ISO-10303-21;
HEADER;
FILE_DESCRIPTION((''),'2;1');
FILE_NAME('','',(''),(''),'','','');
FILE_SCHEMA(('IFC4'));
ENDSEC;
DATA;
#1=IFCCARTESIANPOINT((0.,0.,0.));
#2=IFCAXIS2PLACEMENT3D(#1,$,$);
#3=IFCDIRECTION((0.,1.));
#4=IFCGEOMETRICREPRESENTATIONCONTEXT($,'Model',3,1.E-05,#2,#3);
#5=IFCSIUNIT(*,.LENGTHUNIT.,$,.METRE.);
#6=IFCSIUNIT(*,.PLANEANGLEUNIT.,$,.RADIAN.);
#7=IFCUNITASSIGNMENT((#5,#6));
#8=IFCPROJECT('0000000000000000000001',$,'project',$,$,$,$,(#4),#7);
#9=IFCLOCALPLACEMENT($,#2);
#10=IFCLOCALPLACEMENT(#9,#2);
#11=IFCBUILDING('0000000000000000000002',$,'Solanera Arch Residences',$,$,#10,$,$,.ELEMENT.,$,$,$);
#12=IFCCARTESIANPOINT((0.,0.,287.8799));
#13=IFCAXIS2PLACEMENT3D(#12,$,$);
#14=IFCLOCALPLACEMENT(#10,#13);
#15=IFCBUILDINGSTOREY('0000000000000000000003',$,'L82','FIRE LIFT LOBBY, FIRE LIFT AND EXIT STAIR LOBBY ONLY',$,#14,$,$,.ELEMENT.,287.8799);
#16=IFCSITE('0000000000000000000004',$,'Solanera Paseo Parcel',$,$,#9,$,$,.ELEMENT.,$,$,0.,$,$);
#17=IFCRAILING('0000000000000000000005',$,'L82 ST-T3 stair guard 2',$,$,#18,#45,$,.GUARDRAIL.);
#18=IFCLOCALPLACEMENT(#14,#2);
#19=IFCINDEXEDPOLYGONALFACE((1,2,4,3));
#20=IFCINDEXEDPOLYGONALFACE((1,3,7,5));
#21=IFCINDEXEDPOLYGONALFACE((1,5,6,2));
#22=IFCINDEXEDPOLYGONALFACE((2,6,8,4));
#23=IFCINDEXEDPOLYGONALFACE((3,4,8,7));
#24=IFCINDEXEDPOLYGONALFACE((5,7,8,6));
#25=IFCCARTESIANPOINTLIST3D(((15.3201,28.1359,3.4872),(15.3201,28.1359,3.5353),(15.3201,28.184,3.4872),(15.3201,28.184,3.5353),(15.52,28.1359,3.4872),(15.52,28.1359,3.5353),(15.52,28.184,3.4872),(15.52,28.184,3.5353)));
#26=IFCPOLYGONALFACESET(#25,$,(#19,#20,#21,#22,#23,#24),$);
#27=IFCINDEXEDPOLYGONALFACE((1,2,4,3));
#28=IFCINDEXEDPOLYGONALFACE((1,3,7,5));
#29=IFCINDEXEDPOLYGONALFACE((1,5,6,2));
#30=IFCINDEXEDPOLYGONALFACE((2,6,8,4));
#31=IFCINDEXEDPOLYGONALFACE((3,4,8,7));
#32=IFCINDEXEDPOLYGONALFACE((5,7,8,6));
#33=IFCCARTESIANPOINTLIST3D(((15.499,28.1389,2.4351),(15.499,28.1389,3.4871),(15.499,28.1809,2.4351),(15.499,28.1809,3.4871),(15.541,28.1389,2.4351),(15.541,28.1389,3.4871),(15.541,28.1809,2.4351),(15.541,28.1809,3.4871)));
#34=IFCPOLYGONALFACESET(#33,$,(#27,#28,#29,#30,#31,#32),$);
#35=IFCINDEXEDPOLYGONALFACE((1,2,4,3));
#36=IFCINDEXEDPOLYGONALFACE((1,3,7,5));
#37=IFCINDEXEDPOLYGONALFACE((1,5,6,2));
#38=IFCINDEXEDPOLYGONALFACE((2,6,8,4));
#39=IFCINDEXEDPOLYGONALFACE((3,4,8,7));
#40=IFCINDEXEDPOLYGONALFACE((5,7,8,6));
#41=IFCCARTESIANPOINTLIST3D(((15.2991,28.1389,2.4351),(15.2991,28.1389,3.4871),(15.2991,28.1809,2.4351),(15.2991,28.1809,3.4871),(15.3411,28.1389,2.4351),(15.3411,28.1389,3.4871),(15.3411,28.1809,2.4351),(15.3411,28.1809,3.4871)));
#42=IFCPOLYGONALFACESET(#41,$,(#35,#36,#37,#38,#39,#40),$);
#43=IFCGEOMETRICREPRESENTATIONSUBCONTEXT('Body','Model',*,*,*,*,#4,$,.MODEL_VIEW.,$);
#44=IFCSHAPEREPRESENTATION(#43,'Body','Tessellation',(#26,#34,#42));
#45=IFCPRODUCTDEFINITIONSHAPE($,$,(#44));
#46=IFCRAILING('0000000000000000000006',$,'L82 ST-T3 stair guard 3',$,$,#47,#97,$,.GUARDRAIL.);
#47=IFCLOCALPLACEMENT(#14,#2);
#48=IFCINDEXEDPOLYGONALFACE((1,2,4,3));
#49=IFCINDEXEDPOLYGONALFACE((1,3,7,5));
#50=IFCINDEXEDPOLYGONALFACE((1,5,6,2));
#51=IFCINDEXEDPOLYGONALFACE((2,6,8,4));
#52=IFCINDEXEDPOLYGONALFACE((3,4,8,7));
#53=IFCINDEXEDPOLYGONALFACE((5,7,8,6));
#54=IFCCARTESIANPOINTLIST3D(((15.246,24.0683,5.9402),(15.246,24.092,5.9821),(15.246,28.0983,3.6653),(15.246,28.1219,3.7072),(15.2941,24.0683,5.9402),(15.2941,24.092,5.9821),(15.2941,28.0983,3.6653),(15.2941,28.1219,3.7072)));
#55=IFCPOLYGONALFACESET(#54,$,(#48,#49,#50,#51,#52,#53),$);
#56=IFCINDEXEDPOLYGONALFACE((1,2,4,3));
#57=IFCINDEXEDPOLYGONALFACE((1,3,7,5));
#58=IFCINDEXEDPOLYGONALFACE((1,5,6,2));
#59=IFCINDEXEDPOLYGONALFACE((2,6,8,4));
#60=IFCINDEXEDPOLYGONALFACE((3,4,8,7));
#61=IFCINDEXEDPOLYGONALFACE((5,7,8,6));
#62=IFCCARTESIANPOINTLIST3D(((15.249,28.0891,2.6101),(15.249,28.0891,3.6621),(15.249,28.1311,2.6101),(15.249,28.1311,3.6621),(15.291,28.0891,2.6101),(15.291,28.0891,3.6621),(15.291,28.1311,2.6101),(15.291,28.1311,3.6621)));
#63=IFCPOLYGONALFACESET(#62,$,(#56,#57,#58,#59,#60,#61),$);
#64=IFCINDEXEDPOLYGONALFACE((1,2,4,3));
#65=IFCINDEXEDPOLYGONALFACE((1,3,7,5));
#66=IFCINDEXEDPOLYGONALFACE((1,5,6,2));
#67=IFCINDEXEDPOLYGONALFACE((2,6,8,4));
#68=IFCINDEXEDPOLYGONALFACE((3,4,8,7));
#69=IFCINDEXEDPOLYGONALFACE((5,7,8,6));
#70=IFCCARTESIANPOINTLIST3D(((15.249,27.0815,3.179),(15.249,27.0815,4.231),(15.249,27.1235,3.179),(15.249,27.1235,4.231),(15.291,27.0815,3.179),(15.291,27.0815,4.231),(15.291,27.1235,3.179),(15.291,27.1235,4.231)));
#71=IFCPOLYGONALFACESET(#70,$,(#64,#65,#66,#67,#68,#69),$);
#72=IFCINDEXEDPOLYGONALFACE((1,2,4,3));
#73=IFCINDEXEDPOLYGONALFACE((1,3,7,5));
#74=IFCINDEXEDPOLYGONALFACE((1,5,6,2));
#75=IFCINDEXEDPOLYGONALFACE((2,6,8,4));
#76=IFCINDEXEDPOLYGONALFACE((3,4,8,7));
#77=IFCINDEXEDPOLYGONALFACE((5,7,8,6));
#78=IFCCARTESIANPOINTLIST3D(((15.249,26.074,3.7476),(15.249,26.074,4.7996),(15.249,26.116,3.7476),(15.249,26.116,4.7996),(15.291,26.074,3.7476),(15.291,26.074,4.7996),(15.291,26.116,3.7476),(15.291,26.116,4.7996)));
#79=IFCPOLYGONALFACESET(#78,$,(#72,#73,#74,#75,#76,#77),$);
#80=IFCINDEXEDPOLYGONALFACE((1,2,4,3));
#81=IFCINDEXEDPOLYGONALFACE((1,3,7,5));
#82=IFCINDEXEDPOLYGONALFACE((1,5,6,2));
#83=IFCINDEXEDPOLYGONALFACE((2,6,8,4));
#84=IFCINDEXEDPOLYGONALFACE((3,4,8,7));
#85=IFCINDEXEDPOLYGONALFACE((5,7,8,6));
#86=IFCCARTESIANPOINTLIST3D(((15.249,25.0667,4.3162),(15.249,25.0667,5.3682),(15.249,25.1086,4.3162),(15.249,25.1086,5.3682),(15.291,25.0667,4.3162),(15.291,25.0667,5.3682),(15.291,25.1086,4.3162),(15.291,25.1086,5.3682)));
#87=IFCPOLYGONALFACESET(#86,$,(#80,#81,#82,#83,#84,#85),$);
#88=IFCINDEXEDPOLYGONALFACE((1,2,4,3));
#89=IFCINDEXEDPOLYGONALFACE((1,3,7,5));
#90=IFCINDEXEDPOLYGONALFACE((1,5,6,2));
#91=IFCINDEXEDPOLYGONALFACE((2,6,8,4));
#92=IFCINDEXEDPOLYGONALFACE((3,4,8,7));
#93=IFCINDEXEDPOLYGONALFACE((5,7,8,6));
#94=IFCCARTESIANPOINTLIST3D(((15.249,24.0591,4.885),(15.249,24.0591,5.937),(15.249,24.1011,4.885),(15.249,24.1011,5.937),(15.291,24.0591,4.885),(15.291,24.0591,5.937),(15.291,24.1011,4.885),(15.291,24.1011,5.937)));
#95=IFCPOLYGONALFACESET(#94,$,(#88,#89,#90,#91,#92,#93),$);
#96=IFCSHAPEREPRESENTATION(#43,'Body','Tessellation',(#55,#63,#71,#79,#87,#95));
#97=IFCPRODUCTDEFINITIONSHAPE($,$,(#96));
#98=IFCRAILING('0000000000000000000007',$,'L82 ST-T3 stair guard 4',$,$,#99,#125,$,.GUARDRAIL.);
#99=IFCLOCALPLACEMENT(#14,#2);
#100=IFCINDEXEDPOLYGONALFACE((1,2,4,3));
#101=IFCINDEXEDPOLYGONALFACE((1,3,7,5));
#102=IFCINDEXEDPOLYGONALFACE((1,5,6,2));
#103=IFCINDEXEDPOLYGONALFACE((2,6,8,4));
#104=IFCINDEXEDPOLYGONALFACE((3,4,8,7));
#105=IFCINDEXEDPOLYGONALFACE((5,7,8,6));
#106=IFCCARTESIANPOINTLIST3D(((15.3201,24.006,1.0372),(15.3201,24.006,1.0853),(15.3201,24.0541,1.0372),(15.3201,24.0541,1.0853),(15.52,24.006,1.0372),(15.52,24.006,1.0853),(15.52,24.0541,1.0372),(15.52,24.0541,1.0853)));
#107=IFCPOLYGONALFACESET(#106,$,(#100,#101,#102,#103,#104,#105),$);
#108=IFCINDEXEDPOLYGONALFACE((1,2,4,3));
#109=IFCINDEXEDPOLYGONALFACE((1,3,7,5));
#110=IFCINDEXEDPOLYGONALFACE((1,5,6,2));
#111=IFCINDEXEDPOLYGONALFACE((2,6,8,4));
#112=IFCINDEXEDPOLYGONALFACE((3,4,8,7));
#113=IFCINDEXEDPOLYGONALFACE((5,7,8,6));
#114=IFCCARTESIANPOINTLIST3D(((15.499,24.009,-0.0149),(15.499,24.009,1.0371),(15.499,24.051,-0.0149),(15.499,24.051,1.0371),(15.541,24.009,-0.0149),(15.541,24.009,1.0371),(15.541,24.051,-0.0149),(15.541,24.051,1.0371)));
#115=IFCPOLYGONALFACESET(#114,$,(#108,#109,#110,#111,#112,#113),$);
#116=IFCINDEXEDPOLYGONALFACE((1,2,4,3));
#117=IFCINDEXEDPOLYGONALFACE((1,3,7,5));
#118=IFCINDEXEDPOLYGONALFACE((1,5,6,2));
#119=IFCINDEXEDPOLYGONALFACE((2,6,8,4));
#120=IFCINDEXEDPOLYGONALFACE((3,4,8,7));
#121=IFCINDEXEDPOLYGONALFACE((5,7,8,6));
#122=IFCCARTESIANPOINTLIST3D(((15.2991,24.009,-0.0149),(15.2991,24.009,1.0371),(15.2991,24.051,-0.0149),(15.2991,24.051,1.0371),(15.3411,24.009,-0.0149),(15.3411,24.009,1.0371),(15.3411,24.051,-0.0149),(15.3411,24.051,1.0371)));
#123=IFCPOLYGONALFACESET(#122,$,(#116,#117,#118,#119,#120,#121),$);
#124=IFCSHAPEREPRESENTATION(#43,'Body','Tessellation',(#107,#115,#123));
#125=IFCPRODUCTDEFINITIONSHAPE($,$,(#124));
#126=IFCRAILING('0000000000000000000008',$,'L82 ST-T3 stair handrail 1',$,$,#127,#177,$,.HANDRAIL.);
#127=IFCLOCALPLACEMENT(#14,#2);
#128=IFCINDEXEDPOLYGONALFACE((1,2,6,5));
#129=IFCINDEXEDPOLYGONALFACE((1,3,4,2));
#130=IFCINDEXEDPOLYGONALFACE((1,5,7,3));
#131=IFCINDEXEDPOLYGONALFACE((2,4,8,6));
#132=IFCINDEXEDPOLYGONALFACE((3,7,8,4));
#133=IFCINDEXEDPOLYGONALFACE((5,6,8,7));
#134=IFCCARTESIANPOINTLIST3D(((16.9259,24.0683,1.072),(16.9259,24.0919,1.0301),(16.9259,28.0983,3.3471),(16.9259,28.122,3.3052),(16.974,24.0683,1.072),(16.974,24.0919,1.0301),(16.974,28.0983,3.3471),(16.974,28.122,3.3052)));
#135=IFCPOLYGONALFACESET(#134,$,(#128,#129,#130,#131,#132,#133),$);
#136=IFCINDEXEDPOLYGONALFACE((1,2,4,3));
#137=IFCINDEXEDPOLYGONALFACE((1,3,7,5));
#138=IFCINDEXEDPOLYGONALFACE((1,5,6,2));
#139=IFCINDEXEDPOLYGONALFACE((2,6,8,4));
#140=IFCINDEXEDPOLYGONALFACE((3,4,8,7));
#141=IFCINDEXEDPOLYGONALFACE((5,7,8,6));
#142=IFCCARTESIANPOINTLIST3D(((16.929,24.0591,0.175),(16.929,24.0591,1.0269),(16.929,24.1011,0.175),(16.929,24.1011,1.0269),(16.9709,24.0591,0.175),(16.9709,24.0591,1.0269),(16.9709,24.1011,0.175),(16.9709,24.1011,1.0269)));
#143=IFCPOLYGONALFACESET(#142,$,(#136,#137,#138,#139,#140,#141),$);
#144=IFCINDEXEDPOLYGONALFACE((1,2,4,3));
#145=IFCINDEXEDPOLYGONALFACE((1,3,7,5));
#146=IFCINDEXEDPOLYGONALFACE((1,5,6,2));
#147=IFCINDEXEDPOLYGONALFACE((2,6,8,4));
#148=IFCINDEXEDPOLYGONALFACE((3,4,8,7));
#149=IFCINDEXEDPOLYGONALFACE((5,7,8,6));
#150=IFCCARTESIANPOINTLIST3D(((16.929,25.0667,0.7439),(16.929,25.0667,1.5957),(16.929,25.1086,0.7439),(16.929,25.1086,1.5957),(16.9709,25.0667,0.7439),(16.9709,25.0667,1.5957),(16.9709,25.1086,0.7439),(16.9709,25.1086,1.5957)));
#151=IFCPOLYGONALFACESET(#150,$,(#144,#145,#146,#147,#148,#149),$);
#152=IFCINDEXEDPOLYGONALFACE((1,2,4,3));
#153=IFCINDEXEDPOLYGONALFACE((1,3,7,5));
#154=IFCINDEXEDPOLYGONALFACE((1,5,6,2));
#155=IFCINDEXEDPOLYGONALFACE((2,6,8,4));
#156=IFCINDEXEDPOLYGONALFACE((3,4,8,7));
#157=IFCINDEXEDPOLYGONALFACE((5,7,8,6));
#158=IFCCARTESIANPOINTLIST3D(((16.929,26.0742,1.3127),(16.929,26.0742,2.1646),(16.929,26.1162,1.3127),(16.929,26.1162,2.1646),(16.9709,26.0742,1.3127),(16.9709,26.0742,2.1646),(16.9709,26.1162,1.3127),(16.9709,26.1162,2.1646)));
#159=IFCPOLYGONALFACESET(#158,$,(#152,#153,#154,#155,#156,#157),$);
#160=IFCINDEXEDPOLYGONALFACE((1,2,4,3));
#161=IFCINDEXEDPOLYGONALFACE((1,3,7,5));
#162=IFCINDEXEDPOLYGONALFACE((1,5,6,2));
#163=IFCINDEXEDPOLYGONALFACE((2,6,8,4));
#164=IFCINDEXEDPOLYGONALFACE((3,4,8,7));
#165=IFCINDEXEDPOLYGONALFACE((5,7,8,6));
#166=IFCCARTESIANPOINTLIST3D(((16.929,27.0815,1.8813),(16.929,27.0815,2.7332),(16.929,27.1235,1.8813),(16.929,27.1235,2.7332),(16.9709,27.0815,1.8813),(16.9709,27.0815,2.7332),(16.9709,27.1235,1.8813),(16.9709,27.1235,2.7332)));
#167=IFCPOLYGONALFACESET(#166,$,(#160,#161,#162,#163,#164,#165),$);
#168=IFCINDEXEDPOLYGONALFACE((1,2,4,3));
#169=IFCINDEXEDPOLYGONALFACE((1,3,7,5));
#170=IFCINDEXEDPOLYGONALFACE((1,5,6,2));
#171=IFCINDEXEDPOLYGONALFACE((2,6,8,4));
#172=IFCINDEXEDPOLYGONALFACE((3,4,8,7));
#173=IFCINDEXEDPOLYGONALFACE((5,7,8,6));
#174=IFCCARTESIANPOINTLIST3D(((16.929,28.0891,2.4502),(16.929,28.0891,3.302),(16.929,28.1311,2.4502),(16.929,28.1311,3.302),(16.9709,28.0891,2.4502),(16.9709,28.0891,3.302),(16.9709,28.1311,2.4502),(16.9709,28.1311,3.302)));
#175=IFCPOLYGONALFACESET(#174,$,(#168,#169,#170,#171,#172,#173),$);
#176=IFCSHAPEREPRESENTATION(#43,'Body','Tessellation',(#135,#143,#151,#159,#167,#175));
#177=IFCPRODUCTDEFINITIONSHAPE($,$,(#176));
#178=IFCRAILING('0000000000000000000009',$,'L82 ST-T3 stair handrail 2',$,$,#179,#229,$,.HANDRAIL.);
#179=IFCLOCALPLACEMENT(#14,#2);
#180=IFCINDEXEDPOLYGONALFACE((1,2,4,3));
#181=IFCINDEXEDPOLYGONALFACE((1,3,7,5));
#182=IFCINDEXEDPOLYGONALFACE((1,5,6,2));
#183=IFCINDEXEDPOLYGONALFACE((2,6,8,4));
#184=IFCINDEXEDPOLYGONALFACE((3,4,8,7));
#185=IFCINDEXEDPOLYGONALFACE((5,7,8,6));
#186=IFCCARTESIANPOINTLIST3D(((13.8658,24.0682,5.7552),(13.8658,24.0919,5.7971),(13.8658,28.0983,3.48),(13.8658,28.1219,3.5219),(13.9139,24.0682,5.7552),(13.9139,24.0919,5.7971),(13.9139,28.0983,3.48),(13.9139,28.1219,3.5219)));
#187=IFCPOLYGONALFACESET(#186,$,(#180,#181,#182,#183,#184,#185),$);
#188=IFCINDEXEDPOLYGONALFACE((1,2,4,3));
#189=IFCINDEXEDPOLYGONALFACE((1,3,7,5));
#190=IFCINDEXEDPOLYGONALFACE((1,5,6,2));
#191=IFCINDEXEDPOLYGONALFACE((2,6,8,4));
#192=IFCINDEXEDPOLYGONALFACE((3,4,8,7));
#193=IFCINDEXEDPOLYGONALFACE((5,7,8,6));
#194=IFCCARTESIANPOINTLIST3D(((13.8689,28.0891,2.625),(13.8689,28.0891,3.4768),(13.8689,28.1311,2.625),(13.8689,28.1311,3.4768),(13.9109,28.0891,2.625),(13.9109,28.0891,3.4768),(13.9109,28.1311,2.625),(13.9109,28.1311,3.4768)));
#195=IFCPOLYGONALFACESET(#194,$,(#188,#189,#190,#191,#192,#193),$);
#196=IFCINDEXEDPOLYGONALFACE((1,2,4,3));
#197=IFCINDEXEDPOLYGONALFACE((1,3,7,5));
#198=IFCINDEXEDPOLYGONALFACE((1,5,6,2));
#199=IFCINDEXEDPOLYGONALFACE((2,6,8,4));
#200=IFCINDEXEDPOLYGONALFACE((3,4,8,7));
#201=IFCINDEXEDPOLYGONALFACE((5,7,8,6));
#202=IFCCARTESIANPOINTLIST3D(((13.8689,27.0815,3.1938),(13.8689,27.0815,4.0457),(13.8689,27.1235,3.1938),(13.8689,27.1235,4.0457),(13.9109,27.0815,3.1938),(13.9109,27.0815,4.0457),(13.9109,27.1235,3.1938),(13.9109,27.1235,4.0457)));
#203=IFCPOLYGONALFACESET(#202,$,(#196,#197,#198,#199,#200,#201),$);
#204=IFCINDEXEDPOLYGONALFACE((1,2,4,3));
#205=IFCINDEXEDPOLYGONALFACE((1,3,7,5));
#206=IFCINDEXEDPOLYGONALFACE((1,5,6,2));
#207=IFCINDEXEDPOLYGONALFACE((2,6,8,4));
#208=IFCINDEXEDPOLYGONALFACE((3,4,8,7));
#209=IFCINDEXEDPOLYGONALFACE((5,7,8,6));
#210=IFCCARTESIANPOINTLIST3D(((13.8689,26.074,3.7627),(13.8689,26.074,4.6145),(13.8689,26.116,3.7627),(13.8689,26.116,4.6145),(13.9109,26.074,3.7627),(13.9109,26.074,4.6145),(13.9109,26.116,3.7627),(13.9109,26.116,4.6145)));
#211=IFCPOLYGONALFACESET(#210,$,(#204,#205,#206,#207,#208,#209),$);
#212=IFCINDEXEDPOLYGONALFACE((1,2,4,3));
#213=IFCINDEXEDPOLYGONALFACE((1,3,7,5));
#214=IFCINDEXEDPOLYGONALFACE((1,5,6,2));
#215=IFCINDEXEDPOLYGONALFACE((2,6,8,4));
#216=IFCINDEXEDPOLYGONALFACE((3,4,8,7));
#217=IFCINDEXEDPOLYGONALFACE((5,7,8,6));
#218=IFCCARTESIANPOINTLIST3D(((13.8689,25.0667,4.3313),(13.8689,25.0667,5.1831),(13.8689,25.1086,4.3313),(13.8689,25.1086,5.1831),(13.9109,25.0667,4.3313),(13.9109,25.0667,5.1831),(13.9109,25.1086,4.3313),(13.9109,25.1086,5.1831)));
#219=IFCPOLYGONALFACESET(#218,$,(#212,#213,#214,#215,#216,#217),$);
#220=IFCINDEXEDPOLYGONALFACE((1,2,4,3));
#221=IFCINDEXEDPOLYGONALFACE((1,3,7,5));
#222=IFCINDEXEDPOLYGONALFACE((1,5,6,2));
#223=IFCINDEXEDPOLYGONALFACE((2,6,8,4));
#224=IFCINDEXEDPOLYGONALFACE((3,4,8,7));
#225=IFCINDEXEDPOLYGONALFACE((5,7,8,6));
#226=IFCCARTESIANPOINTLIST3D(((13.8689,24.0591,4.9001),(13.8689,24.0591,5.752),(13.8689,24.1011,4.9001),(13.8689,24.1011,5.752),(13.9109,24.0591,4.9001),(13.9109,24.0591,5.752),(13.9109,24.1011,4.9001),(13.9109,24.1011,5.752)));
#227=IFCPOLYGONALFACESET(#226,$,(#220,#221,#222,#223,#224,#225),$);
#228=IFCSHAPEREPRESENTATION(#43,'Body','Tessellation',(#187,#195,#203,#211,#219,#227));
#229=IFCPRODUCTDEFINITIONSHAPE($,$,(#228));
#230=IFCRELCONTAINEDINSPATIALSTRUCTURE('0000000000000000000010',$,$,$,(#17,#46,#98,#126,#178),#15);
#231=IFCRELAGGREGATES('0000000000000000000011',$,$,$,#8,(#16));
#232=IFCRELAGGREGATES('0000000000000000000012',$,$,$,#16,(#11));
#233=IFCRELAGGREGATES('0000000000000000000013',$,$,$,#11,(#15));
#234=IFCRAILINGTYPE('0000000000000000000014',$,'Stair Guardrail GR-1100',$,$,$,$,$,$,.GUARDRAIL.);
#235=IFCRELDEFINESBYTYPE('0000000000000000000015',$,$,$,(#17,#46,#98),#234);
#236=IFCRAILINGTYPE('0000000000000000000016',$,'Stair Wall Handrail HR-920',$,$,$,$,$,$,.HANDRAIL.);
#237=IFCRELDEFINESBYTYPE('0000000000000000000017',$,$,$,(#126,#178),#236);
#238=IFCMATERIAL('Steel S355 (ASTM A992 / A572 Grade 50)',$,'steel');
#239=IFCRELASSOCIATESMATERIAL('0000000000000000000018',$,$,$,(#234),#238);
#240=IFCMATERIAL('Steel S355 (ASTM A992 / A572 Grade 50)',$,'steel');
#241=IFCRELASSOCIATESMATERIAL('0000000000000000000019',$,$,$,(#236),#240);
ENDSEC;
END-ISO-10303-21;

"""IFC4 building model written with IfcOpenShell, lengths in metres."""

from ifc_helpers import new_model, si_unit, direction, frame, origin, origin_2d, place, context, subcontext, project, spatial, rectangle, extrude, material, type_object, element, save


model = new_model("IFC4")

# Units and contexts
model_context = context("Model", 3, precision=1e-05, world=origin(), true_north=direction((0.0, 1.0)))
body_context = subcontext(model_context, "Body", "Model", "MODEL_VIEW")
ifc_project = project(units=[si_unit("LENGTHUNIT", "METRE"), si_unit("PLANEANGLEUNIT", "RADIAN")], contexts=[model_context])

# Site, building, storey
site_placement = place(None, origin())
site = spatial("IfcSite", under=ifc_project, at=site_placement, Name="Solanera Paseo Parcel", CompositionType="ELEMENT", RefElevation=0.0)
building_placement = place(site_placement, origin())
building = spatial("IfcBuilding", under=site, at=building_placement, Name="Solanera Arch Residences", CompositionType="ELEMENT")
storey_placement = place(building_placement, frame((0.0, 0.0, 287.8799)))
storey = spatial("IfcBuildingStorey", under=building, at=storey_placement, Name="L82", Description="FIRE LIFT LOBBY, FIRE LIFT AND EXIT STAIR LOBBY ONLY", CompositionType="ELEMENT", Elevation=287.8799)

# Railings
ifc_material_1 = material(Name="Steel S355 (ASTM A992 / A572 Grade 50)", Category="steel")
railing_type_1 = type_object("IfcRailingType", Name="Stair Guardrail GR-1100", PredefinedType="GUARDRAIL", material=ifc_material_1)
railing_1_placement = place(storey_placement, frame((15.52, 28.1599, 2.4351)))
element("IfcRailing", 1, at=railing_1_placement, inside=storey, type_object=railing_type_1, Name="L82 ST-T3 stair guard 2", PredefinedType="GUARDRAIL", context=body_context, shape_type="SweptSolid", body=[
    extrude(rectangle(XDim=0.0481, YDim=0.0481, at=origin_2d()), frame((0.0, 0.0, 1.0762), z_axis=(-1.0, 0.0, 0.0), x_axis=(0.0, -1.0, 0.0)), (0.0, 0.0, 1.0), 0.2),
    extrude(rectangle(XDim=0.042, YDim=0.042, at=origin_2d()), origin(), (0.0, 0.0, 1.0), 1.052),
    extrude(rectangle(XDim=0.042, YDim=0.042, at=origin_2d()), frame((-0.2, 0.0, 0.0)), (0.0, 0.0, 1.0), 1.052),
])
railing_2_placement = place(storey_placement, frame((15.27, 28.1101, 2.6101)))
element("IfcRailing", 2, at=railing_2_placement, inside=storey, type_object=railing_type_1, Name="L82 ST-T3 stair guard 3", PredefinedType="GUARDRAIL", context=body_context, shape_type="SweptSolid", body=[
    extrude(rectangle(XDim=0.0481, YDim=0.0481, at=origin_2d()), frame((0.0, 0.0, 1.0762), z_axis=(0.0, -0.870835, 0.491576), x_axis=(1.0, 0.0, 0.0)), (0.0, 0.0, 1.0), 4.6277),
    extrude(rectangle(XDim=0.042, YDim=0.042, at=origin_2d()), origin(), (0.0, 0.0, 1.0), 1.052),
    extrude(rectangle(XDim=0.042, YDim=0.042, at=origin_2d()), frame((0.0, -1.0076, 0.5688)), (0.0, 0.0, 1.0), 1.052),
    extrude(rectangle(XDim=0.042, YDim=0.042, at=origin_2d()), frame((0.0, -2.0151, 1.1375)), (0.0, 0.0, 1.0), 1.052),
    extrude(rectangle(XDim=0.042, YDim=0.042, at=origin_2d()), frame((0.0, -3.0225, 1.7061)), (0.0, 0.0, 1.0), 1.052),
    extrude(rectangle(XDim=0.042, YDim=0.042, at=origin_2d()), frame((0.0, -4.03, 2.2749)), (0.0, 0.0, 1.0), 1.052),
])
railing_3_placement = place(storey_placement, frame((15.52, 24.03, -0.0149)))
element("IfcRailing", 3, at=railing_3_placement, inside=storey, type_object=railing_type_1, Name="L82 ST-T3 stair guard 4", PredefinedType="GUARDRAIL", context=body_context, shape_type="SweptSolid", body=[
    extrude(rectangle(XDim=0.0481, YDim=0.0481, at=origin_2d()), frame((0.0, 0.0, 1.0762), z_axis=(-1.0, 0.0, 0.0), x_axis=(0.0, -1.0, 0.0)), (0.0, 0.0, 1.0), 0.2),
    extrude(rectangle(XDim=0.042, YDim=0.042, at=origin_2d()), origin(), (0.0, 0.0, 1.0), 1.052),
    extrude(rectangle(XDim=0.042, YDim=0.042, at=origin_2d()), frame((-0.2, 0.0, 0.0)), (0.0, 0.0, 1.0), 1.052),
])
ifc_material_2 = material(Name="Steel S355 (ASTM A992 / A572 Grade 50)", Category="steel")
railing_type_2 = type_object("IfcRailingType", Name="Stair Wall Handrail HR-920", PredefinedType="HANDRAIL", material=ifc_material_2)
railing_4_placement = place(storey_placement, frame((16.95, 24.0801, 0.175)))
element("IfcRailing", 4, at=railing_4_placement, inside=storey, type_object=railing_type_2, Name="L82 ST-T3 stair handrail 1", PredefinedType="HANDRAIL", context=body_context, shape_type="SweptSolid", body=[
    extrude(rectangle(XDim=0.0481, YDim=0.0481, at=origin_2d()), frame((0.0, 0.0, 0.876), z_axis=(0.0, 0.870812, 0.491616), x_axis=(-1.0, 0.0, 0.0)), (0.0, 0.0, 1.0), 4.6279),
    extrude(rectangle(XDim=0.042, YDim=0.042, at=origin_2d()), origin(), (0.0, 0.0, 1.0), 0.8518),
    extrude(rectangle(XDim=0.042, YDim=0.042, at=origin_2d()), frame((0.0, 1.0076, 0.5688)), (0.0, 0.0, 1.0), 0.8518),
    extrude(rectangle(XDim=0.042, YDim=0.042, at=origin_2d()), frame((0.0, 2.0151, 1.1377)), (0.0, 0.0, 1.0), 0.8518),
    extrude(rectangle(XDim=0.042, YDim=0.042, at=origin_2d()), frame((0.0, 3.0225, 1.7063)), (0.0, 0.0, 1.0), 0.8518),
    extrude(rectangle(XDim=0.042, YDim=0.042, at=origin_2d()), frame((0.0, 4.03, 2.2751)), (0.0, 0.0, 1.0), 0.8518),
])
railing_5_placement = place(storey_placement, frame((13.8899, 28.1101, 2.625)))
element("IfcRailing", 5, at=railing_5_placement, inside=storey, type_object=railing_type_2, Name="L82 ST-T3 stair handrail 2", PredefinedType="HANDRAIL", context=body_context, shape_type="SweptSolid", body=[
    extrude(rectangle(XDim=0.0481, YDim=0.0481, at=origin_2d()), frame((0.0, 0.0, 0.876), z_axis=(0.0, -0.870812, 0.491616), x_axis=(1.0, 0.0, 0.0)), (0.0, 0.0, 1.0), 4.6279),
    extrude(rectangle(XDim=0.042, YDim=0.042, at=origin_2d()), origin(), (0.0, 0.0, 1.0), 0.8518),
    extrude(rectangle(XDim=0.042, YDim=0.042, at=origin_2d()), frame((0.0, -1.0076, 0.5688)), (0.0, 0.0, 1.0), 0.8518),
    extrude(rectangle(XDim=0.042, YDim=0.042, at=origin_2d()), frame((0.0, -2.0151, 1.1377)), (0.0, 0.0, 1.0), 0.8518),
    extrude(rectangle(XDim=0.042, YDim=0.042, at=origin_2d()), frame((0.0, -3.0225, 1.7063)), (0.0, 0.0, 1.0), 0.8518),
    extrude(rectangle(XDim=0.042, YDim=0.042, at=origin_2d()), frame((0.0, -4.03, 2.2751)), (0.0, 0.0, 1.0), 0.8518),
])

save(model, "model.ifc")
